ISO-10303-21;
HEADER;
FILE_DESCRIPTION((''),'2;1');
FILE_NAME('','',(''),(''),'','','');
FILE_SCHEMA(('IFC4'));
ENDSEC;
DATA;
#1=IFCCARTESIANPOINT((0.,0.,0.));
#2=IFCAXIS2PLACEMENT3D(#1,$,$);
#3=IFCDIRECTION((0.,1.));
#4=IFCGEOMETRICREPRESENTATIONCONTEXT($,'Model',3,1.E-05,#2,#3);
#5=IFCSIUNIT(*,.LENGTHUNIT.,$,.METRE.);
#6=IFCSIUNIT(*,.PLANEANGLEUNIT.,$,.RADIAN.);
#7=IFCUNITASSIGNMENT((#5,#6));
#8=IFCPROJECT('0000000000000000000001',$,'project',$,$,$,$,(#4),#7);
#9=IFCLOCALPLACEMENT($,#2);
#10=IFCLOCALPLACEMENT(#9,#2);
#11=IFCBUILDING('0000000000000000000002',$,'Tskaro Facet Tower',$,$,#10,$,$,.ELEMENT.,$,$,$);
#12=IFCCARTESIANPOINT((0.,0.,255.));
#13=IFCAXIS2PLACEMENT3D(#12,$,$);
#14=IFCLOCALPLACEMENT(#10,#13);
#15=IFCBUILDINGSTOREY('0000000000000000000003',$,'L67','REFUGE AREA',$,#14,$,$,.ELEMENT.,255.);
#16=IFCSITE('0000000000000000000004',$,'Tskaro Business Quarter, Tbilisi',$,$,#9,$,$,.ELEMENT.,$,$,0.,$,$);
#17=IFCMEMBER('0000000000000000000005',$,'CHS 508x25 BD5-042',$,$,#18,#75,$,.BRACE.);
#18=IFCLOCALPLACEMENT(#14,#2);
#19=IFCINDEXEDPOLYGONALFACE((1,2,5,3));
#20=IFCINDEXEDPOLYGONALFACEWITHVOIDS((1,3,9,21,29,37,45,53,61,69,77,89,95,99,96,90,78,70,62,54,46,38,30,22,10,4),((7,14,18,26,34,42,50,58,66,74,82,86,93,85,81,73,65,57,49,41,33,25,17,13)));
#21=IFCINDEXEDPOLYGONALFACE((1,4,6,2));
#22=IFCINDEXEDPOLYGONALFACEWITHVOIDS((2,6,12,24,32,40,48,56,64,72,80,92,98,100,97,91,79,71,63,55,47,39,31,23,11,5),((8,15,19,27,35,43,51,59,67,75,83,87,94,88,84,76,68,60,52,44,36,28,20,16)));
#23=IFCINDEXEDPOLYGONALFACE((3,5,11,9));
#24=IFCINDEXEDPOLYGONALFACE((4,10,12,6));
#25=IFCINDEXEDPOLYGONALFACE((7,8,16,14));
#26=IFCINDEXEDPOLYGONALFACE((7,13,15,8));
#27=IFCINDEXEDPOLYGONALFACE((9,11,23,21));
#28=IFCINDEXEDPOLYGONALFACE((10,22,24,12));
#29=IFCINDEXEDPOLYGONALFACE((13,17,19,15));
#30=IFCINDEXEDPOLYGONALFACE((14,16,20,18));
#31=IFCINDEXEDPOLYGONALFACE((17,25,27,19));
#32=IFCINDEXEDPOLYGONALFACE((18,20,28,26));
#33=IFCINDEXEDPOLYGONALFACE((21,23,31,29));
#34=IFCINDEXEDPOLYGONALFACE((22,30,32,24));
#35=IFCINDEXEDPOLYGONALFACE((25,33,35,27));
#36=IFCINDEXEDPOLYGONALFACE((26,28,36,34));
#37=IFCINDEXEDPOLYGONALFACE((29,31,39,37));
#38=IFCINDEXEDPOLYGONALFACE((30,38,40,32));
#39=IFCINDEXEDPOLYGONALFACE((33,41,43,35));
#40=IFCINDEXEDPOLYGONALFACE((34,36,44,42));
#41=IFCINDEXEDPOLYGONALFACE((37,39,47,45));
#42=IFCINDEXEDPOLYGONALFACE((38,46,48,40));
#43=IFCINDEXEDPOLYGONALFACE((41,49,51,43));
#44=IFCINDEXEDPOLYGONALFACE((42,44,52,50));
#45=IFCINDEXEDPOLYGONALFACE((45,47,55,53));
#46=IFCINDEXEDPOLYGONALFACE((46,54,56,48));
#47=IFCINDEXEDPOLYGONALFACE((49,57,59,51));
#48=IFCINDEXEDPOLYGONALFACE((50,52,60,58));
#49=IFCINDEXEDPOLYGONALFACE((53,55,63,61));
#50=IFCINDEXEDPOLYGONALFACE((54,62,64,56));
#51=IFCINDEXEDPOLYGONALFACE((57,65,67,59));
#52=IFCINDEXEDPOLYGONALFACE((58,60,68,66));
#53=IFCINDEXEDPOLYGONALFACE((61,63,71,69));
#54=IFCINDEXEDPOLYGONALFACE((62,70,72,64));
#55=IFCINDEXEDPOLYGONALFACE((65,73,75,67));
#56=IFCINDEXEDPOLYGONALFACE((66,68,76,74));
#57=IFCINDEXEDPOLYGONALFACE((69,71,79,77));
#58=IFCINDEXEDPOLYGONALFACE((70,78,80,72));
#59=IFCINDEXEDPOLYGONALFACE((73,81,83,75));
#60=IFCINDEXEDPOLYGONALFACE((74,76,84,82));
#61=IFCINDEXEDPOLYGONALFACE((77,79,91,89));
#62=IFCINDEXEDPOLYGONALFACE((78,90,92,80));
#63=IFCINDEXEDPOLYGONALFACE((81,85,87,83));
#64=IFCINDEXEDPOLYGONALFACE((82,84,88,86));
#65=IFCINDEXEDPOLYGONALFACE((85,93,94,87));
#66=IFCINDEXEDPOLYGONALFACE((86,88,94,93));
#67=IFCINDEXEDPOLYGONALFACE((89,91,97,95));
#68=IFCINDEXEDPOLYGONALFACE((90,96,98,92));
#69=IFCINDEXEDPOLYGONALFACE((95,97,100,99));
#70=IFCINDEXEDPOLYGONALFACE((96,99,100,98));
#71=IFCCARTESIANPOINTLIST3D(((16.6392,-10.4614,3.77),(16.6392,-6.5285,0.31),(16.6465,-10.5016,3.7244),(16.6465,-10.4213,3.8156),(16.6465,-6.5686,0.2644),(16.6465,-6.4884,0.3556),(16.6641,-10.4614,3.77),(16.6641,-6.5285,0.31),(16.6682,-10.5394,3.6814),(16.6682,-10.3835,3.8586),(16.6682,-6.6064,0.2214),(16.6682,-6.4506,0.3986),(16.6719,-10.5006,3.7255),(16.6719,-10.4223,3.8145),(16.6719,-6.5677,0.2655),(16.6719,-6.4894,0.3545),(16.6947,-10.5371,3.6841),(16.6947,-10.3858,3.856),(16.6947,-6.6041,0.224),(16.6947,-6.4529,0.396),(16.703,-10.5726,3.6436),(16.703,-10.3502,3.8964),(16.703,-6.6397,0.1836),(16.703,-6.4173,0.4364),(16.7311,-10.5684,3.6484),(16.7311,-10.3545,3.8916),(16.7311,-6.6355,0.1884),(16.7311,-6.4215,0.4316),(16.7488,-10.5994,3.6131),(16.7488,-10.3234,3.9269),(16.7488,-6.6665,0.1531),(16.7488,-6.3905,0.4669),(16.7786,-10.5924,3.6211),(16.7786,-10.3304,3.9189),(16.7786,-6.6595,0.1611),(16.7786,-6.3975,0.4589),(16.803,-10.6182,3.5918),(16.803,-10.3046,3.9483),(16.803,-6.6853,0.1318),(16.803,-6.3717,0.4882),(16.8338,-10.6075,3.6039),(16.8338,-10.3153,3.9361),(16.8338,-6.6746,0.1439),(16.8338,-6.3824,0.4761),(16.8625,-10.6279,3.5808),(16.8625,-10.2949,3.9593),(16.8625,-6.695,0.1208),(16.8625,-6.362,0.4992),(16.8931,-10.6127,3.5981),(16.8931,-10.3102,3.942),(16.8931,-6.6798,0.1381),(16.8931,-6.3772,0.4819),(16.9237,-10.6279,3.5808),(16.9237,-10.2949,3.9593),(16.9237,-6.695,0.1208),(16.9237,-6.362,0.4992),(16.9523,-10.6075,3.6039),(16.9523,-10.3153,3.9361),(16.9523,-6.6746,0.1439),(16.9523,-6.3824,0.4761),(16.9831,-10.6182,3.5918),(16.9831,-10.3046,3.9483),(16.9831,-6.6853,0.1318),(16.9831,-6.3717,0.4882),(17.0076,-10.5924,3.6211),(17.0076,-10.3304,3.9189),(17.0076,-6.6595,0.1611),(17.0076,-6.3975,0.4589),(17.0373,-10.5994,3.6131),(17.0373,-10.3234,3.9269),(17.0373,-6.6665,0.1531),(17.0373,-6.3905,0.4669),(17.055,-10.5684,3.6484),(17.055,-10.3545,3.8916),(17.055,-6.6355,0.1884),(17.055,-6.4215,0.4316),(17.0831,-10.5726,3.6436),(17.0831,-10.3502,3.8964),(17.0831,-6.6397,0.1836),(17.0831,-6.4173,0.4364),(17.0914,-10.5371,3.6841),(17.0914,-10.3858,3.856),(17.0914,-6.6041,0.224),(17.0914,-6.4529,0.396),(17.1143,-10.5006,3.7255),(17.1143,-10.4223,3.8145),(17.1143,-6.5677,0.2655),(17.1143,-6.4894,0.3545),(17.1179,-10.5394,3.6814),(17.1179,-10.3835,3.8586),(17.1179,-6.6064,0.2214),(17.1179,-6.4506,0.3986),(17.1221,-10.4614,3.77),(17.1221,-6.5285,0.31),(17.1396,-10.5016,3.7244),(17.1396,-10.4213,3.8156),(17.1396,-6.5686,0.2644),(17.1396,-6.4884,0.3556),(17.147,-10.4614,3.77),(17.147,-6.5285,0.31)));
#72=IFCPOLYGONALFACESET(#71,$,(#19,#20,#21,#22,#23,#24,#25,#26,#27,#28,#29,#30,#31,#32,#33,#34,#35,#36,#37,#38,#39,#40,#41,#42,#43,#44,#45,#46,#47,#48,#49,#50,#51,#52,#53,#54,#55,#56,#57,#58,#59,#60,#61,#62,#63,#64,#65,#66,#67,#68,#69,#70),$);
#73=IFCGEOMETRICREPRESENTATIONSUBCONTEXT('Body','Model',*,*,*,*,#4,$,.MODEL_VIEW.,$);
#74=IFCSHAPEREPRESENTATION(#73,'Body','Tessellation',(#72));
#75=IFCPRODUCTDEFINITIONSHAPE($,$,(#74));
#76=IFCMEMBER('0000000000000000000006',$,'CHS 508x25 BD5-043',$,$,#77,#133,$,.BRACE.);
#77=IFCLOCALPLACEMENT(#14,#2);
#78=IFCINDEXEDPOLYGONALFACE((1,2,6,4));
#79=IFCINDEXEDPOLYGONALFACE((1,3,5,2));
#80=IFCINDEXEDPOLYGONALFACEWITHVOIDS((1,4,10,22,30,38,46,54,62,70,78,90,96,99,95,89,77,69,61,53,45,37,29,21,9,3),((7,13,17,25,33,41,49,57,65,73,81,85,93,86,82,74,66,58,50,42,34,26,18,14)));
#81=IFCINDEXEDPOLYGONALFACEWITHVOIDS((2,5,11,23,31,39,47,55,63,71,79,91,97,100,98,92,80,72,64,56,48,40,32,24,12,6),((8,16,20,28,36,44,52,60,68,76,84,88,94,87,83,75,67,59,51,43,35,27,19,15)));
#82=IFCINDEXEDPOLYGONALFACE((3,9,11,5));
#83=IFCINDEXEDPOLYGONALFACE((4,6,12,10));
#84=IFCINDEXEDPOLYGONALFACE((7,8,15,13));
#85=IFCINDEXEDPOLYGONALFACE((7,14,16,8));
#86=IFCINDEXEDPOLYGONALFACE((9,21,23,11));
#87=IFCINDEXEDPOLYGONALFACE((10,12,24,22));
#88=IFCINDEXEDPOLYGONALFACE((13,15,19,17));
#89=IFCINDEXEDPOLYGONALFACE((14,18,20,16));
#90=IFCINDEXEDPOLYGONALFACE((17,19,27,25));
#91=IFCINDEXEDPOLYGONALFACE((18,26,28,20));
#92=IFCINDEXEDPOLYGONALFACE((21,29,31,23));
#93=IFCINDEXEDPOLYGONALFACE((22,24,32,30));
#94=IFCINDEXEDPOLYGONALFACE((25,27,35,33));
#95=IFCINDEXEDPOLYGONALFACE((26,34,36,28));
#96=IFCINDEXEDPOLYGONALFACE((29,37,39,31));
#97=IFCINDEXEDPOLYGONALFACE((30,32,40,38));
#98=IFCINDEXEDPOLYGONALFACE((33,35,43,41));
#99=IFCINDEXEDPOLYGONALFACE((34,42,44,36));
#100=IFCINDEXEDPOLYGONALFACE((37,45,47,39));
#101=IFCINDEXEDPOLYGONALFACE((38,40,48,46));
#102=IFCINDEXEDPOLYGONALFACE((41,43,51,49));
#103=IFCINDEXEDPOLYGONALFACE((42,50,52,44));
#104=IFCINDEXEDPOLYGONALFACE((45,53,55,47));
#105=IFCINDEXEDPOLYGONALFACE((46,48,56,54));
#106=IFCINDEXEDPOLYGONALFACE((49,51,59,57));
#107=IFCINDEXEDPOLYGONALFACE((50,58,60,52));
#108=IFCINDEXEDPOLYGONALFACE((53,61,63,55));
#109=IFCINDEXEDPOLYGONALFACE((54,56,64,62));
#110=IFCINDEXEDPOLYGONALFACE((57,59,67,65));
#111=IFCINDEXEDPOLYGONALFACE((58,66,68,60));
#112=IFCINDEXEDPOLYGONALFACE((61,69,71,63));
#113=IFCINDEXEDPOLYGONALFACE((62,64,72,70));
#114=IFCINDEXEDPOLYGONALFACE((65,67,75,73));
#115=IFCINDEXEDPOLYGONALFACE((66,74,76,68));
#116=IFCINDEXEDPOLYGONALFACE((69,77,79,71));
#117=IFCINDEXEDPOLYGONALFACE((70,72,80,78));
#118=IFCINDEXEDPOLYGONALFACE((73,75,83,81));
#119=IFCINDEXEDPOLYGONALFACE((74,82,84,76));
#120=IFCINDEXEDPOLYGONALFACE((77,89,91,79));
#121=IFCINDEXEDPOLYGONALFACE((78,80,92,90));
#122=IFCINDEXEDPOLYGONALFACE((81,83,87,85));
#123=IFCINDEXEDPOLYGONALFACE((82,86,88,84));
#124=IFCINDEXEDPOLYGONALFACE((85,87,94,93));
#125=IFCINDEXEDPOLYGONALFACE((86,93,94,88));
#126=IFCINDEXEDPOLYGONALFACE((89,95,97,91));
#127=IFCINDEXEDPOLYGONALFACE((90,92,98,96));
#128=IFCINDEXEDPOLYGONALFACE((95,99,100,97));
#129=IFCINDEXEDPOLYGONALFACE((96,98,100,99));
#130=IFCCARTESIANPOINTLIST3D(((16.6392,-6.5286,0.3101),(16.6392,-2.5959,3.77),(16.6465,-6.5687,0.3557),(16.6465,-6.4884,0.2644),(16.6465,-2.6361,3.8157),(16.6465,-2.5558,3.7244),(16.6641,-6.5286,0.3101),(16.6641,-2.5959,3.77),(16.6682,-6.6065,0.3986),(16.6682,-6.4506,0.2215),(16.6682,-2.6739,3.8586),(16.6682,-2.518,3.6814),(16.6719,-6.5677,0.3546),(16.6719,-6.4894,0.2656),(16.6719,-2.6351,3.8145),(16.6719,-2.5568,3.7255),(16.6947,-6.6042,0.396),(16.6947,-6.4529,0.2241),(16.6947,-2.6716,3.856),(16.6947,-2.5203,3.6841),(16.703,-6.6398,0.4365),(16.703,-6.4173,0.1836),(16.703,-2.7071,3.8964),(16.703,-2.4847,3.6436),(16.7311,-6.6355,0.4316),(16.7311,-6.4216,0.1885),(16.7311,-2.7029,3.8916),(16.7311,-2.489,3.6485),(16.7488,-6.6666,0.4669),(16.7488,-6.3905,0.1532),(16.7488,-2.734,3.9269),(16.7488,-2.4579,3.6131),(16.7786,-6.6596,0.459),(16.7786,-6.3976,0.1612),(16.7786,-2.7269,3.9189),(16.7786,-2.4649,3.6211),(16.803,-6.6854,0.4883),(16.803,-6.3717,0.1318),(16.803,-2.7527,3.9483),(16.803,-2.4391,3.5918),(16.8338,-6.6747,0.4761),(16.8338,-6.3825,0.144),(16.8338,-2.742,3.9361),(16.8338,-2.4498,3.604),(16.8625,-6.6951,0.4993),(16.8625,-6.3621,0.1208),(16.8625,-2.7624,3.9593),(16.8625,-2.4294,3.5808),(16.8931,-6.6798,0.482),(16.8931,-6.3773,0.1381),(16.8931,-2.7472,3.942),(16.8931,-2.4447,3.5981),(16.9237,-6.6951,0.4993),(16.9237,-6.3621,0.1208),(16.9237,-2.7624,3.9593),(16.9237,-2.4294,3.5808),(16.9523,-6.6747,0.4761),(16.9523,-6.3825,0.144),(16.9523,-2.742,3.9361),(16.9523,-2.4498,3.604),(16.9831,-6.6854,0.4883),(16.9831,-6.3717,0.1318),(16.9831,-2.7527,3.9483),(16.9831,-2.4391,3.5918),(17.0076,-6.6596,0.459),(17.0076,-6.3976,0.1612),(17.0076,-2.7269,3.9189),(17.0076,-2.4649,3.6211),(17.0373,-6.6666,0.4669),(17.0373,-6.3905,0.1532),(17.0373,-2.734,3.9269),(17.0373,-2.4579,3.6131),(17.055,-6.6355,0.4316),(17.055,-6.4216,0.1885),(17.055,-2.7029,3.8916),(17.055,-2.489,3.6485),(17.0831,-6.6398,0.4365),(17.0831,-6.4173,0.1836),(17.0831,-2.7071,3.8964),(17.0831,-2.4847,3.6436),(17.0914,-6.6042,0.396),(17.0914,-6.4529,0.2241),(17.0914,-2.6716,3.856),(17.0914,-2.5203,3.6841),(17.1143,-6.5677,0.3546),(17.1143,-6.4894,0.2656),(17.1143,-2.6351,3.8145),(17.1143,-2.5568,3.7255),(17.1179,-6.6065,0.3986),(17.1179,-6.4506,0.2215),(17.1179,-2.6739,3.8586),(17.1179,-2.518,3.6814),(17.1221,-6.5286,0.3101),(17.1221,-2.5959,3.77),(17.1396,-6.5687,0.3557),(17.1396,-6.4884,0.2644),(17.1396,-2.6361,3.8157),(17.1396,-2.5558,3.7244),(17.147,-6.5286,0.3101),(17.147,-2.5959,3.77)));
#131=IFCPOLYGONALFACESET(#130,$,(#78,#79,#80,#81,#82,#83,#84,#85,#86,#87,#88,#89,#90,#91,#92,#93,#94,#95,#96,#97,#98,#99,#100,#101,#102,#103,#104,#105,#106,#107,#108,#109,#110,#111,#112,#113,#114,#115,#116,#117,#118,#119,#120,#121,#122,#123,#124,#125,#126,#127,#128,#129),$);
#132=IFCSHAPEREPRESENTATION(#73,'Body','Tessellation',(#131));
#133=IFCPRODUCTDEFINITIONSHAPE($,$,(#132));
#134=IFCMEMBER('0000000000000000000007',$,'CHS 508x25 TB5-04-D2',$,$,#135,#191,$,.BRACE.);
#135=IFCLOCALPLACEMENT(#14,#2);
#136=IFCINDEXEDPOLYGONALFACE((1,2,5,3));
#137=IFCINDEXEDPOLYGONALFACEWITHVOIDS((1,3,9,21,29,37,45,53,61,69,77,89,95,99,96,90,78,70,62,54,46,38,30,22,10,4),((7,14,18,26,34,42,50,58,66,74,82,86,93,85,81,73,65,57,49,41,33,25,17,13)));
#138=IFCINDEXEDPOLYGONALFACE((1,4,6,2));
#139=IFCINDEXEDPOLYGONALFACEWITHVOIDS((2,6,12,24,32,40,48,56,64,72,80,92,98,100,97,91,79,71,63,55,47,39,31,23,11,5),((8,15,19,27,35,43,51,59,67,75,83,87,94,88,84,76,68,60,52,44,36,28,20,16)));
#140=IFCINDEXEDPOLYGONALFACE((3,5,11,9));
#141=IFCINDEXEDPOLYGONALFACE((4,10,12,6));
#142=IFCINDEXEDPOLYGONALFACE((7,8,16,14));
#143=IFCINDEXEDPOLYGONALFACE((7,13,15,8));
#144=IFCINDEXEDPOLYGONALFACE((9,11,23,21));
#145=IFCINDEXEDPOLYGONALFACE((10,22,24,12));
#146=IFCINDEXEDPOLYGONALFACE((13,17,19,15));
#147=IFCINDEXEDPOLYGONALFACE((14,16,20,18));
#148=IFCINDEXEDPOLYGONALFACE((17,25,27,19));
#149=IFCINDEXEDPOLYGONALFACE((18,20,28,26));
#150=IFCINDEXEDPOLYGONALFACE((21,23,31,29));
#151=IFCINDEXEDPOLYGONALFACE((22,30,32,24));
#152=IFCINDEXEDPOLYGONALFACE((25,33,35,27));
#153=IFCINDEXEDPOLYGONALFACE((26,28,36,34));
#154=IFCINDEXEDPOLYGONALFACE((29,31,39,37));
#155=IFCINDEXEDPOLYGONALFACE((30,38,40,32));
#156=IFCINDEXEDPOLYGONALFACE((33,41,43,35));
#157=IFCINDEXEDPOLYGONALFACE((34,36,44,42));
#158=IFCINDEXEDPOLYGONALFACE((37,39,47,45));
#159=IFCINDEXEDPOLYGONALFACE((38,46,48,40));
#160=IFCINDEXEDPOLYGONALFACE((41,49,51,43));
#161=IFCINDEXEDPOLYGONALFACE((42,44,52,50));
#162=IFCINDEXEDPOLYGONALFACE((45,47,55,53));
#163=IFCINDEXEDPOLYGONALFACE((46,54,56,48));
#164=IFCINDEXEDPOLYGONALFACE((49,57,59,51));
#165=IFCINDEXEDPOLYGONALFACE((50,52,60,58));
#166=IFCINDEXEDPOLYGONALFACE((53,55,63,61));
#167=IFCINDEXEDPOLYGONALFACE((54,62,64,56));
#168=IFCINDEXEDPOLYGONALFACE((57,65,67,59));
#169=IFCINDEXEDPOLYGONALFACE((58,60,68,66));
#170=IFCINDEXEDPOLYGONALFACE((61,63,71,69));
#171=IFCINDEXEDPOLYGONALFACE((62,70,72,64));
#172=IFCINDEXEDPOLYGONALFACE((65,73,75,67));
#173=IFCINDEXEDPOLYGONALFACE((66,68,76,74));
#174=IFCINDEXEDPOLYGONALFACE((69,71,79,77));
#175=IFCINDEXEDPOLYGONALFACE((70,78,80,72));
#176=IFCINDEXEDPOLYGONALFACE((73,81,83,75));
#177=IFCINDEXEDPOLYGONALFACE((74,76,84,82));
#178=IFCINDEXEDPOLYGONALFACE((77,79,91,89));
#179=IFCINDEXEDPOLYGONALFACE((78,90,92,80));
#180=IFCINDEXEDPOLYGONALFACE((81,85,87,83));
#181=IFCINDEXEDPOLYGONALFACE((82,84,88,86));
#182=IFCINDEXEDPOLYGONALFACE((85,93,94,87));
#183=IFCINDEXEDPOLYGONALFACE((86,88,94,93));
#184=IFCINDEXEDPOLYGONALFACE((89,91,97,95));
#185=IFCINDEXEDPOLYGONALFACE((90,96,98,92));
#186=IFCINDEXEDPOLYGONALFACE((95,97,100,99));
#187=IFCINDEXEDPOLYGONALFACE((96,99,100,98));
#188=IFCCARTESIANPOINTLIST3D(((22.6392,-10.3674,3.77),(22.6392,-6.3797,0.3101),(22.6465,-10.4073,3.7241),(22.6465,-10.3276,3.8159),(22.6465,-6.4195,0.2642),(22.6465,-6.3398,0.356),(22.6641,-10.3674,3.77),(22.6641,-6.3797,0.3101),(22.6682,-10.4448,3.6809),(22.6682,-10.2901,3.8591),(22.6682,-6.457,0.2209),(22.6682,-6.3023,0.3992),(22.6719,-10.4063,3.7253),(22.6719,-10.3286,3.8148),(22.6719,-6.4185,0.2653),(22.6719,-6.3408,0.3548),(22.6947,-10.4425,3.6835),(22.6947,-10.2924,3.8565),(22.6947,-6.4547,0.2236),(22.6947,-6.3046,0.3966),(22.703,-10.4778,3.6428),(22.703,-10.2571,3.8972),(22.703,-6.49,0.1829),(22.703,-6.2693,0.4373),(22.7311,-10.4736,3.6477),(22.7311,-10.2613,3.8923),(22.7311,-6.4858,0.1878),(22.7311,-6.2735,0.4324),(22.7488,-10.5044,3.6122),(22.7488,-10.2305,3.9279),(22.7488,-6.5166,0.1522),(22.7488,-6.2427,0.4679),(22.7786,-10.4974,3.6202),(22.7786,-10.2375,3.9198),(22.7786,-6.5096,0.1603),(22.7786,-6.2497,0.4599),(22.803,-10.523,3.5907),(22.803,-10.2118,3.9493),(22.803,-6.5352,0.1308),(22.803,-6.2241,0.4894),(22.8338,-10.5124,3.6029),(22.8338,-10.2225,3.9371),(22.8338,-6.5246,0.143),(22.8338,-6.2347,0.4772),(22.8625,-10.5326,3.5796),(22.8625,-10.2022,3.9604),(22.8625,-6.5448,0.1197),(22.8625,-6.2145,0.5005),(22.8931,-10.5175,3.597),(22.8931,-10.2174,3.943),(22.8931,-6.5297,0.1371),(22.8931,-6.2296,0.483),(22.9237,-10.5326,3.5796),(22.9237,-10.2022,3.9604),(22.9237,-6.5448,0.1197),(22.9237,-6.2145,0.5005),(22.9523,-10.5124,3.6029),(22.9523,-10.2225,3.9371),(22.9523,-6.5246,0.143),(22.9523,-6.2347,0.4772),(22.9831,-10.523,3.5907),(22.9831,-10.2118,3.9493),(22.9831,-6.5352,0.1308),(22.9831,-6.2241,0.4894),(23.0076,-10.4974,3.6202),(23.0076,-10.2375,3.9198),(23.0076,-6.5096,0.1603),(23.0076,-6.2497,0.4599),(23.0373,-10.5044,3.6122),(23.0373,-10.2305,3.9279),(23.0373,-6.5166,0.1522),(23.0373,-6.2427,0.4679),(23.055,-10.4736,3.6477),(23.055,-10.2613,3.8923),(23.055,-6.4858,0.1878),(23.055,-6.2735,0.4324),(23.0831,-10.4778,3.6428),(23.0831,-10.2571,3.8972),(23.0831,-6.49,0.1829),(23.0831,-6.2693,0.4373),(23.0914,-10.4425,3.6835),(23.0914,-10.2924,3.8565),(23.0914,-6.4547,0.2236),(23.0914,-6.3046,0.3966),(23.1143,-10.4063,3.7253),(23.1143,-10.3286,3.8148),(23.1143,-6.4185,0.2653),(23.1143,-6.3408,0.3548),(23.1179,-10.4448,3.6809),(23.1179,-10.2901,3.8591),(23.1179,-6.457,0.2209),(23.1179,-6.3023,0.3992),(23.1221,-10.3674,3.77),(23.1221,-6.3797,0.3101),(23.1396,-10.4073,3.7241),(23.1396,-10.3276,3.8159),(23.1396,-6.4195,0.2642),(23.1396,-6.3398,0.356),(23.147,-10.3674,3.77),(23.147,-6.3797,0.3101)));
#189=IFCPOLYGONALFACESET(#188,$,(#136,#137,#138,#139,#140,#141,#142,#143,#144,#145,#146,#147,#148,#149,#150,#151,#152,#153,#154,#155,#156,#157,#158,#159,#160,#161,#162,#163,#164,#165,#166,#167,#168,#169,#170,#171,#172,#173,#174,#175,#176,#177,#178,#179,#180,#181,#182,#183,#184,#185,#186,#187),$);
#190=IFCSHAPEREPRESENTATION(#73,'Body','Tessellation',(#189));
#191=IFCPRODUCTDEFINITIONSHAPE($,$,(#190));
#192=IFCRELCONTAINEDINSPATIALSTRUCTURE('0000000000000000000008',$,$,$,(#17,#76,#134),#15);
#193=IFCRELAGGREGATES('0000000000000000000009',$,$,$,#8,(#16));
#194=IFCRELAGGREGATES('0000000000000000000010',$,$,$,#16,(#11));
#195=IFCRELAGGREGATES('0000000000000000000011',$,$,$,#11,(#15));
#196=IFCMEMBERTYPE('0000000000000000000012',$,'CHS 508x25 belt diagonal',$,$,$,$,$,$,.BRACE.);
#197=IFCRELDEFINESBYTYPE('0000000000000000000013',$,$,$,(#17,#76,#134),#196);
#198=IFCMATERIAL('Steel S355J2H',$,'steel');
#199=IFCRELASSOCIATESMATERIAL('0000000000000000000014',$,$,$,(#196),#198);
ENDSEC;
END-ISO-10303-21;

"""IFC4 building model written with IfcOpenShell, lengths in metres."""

from ifc_helpers import new_model, si_unit, direction, frame, origin, origin_2d, place, context, subcontext, project, spatial, hollow_circle, extrude, material, material_profile, profile_set, type_object, element, save


model = new_model("IFC4")

# Units and contexts
model_context = context("Model", 3, precision=1e-05, world=origin(), true_north=direction((0.0, 1.0)))
body_context = subcontext(model_context, "Body", "Model", "MODEL_VIEW")
ifc_project = project(units=[si_unit("LENGTHUNIT", "METRE"), si_unit("PLANEANGLEUNIT", "RADIAN")], contexts=[model_context])

# Site, building, storey
site_placement = place(None, origin())
site = spatial("IfcSite", under=ifc_project, at=site_placement, Name="Tskaro Business Quarter, Tbilisi", CompositionType="ELEMENT", RefElevation=0.0)
building_placement = place(site_placement, origin())
building = spatial("IfcBuilding", under=site, at=building_placement, Name="Tskaro Facet Tower", CompositionType="ELEMENT")
storey_placement = place(building_placement, frame((0.0, 0.0, 255.0)))
storey = spatial("IfcBuildingStorey", under=building, at=storey_placement, Name="L67", Description="REFUGE AREA", CompositionType="ELEMENT", Elevation=255.0)

# Shared definitions
ifc_material_1 = material(Name="Steel S355J2H", Category="steel")

# Members
ifc_material_profile_1 = material_profile(ifc_material_1, hollow_circle(Radius=0.2539, WallThickness=0.0249, at=origin_2d()), Name="CHS 508x25")
ifc_profile_set_1 = profile_set([ifc_material_profile_1], Name="Steel S355J2H")
member_type_1 = type_object("IfcMemberType", Name="CHS 508x25 belt diagonal", PredefinedType="BRACE", material=ifc_profile_set_1)
member_1_placement = place(storey_placement, frame((16.8931, -10.4614, 3.77), z_axis=(0.0, 0.750804, -0.660525), x_axis=(-1.0, 0.0, 0.0)))
element("IfcMember", 1, at=member_1_placement, inside=storey, type_object=member_type_1, Name="CHS 508x25 BD5-042", PredefinedType="BRACE", context=body_context, shape_type="SweptSolid", body=[
    extrude(hollow_circle(Radius=0.2539, WallThickness=0.0249, at=origin_2d()), origin(), (0.0, 0.0, 1.0), 5.2383),
])
member_2_placement = place(storey_placement, frame((16.8931, -6.5286, 0.3101), z_axis=(0.0, 0.750784, 0.660548), x_axis=(-1.0, 0.0, 0.0)))
element("IfcMember", 2, at=member_2_placement, inside=storey, type_object=member_type_1, Name="CHS 508x25 BD5-043", PredefinedType="BRACE", context=body_context, shape_type="SweptSolid", body=[
    extrude(hollow_circle(Radius=0.2539, WallThickness=0.0249, at=origin_2d()), origin(), (0.0, 0.0, 1.0), 5.238),
])
member_3_placement = place(storey_placement, frame((22.8931, -10.3674, 3.77), z_axis=(0.0, 0.755326, -0.655349), x_axis=(-1.0, 0.0, 0.0)))
element("IfcMember", 3, at=member_3_placement, inside=storey, type_object=member_type_1, Name="CHS 508x25 TB5-04-D2", PredefinedType="BRACE", context=body_context, shape_type="SweptSolid", body=[
    extrude(hollow_circle(Radius=0.2539, WallThickness=0.0249, at=origin_2d()), origin(), (0.0, 0.0, 1.0), 5.2795),
])

save(model, "model.ifc")
